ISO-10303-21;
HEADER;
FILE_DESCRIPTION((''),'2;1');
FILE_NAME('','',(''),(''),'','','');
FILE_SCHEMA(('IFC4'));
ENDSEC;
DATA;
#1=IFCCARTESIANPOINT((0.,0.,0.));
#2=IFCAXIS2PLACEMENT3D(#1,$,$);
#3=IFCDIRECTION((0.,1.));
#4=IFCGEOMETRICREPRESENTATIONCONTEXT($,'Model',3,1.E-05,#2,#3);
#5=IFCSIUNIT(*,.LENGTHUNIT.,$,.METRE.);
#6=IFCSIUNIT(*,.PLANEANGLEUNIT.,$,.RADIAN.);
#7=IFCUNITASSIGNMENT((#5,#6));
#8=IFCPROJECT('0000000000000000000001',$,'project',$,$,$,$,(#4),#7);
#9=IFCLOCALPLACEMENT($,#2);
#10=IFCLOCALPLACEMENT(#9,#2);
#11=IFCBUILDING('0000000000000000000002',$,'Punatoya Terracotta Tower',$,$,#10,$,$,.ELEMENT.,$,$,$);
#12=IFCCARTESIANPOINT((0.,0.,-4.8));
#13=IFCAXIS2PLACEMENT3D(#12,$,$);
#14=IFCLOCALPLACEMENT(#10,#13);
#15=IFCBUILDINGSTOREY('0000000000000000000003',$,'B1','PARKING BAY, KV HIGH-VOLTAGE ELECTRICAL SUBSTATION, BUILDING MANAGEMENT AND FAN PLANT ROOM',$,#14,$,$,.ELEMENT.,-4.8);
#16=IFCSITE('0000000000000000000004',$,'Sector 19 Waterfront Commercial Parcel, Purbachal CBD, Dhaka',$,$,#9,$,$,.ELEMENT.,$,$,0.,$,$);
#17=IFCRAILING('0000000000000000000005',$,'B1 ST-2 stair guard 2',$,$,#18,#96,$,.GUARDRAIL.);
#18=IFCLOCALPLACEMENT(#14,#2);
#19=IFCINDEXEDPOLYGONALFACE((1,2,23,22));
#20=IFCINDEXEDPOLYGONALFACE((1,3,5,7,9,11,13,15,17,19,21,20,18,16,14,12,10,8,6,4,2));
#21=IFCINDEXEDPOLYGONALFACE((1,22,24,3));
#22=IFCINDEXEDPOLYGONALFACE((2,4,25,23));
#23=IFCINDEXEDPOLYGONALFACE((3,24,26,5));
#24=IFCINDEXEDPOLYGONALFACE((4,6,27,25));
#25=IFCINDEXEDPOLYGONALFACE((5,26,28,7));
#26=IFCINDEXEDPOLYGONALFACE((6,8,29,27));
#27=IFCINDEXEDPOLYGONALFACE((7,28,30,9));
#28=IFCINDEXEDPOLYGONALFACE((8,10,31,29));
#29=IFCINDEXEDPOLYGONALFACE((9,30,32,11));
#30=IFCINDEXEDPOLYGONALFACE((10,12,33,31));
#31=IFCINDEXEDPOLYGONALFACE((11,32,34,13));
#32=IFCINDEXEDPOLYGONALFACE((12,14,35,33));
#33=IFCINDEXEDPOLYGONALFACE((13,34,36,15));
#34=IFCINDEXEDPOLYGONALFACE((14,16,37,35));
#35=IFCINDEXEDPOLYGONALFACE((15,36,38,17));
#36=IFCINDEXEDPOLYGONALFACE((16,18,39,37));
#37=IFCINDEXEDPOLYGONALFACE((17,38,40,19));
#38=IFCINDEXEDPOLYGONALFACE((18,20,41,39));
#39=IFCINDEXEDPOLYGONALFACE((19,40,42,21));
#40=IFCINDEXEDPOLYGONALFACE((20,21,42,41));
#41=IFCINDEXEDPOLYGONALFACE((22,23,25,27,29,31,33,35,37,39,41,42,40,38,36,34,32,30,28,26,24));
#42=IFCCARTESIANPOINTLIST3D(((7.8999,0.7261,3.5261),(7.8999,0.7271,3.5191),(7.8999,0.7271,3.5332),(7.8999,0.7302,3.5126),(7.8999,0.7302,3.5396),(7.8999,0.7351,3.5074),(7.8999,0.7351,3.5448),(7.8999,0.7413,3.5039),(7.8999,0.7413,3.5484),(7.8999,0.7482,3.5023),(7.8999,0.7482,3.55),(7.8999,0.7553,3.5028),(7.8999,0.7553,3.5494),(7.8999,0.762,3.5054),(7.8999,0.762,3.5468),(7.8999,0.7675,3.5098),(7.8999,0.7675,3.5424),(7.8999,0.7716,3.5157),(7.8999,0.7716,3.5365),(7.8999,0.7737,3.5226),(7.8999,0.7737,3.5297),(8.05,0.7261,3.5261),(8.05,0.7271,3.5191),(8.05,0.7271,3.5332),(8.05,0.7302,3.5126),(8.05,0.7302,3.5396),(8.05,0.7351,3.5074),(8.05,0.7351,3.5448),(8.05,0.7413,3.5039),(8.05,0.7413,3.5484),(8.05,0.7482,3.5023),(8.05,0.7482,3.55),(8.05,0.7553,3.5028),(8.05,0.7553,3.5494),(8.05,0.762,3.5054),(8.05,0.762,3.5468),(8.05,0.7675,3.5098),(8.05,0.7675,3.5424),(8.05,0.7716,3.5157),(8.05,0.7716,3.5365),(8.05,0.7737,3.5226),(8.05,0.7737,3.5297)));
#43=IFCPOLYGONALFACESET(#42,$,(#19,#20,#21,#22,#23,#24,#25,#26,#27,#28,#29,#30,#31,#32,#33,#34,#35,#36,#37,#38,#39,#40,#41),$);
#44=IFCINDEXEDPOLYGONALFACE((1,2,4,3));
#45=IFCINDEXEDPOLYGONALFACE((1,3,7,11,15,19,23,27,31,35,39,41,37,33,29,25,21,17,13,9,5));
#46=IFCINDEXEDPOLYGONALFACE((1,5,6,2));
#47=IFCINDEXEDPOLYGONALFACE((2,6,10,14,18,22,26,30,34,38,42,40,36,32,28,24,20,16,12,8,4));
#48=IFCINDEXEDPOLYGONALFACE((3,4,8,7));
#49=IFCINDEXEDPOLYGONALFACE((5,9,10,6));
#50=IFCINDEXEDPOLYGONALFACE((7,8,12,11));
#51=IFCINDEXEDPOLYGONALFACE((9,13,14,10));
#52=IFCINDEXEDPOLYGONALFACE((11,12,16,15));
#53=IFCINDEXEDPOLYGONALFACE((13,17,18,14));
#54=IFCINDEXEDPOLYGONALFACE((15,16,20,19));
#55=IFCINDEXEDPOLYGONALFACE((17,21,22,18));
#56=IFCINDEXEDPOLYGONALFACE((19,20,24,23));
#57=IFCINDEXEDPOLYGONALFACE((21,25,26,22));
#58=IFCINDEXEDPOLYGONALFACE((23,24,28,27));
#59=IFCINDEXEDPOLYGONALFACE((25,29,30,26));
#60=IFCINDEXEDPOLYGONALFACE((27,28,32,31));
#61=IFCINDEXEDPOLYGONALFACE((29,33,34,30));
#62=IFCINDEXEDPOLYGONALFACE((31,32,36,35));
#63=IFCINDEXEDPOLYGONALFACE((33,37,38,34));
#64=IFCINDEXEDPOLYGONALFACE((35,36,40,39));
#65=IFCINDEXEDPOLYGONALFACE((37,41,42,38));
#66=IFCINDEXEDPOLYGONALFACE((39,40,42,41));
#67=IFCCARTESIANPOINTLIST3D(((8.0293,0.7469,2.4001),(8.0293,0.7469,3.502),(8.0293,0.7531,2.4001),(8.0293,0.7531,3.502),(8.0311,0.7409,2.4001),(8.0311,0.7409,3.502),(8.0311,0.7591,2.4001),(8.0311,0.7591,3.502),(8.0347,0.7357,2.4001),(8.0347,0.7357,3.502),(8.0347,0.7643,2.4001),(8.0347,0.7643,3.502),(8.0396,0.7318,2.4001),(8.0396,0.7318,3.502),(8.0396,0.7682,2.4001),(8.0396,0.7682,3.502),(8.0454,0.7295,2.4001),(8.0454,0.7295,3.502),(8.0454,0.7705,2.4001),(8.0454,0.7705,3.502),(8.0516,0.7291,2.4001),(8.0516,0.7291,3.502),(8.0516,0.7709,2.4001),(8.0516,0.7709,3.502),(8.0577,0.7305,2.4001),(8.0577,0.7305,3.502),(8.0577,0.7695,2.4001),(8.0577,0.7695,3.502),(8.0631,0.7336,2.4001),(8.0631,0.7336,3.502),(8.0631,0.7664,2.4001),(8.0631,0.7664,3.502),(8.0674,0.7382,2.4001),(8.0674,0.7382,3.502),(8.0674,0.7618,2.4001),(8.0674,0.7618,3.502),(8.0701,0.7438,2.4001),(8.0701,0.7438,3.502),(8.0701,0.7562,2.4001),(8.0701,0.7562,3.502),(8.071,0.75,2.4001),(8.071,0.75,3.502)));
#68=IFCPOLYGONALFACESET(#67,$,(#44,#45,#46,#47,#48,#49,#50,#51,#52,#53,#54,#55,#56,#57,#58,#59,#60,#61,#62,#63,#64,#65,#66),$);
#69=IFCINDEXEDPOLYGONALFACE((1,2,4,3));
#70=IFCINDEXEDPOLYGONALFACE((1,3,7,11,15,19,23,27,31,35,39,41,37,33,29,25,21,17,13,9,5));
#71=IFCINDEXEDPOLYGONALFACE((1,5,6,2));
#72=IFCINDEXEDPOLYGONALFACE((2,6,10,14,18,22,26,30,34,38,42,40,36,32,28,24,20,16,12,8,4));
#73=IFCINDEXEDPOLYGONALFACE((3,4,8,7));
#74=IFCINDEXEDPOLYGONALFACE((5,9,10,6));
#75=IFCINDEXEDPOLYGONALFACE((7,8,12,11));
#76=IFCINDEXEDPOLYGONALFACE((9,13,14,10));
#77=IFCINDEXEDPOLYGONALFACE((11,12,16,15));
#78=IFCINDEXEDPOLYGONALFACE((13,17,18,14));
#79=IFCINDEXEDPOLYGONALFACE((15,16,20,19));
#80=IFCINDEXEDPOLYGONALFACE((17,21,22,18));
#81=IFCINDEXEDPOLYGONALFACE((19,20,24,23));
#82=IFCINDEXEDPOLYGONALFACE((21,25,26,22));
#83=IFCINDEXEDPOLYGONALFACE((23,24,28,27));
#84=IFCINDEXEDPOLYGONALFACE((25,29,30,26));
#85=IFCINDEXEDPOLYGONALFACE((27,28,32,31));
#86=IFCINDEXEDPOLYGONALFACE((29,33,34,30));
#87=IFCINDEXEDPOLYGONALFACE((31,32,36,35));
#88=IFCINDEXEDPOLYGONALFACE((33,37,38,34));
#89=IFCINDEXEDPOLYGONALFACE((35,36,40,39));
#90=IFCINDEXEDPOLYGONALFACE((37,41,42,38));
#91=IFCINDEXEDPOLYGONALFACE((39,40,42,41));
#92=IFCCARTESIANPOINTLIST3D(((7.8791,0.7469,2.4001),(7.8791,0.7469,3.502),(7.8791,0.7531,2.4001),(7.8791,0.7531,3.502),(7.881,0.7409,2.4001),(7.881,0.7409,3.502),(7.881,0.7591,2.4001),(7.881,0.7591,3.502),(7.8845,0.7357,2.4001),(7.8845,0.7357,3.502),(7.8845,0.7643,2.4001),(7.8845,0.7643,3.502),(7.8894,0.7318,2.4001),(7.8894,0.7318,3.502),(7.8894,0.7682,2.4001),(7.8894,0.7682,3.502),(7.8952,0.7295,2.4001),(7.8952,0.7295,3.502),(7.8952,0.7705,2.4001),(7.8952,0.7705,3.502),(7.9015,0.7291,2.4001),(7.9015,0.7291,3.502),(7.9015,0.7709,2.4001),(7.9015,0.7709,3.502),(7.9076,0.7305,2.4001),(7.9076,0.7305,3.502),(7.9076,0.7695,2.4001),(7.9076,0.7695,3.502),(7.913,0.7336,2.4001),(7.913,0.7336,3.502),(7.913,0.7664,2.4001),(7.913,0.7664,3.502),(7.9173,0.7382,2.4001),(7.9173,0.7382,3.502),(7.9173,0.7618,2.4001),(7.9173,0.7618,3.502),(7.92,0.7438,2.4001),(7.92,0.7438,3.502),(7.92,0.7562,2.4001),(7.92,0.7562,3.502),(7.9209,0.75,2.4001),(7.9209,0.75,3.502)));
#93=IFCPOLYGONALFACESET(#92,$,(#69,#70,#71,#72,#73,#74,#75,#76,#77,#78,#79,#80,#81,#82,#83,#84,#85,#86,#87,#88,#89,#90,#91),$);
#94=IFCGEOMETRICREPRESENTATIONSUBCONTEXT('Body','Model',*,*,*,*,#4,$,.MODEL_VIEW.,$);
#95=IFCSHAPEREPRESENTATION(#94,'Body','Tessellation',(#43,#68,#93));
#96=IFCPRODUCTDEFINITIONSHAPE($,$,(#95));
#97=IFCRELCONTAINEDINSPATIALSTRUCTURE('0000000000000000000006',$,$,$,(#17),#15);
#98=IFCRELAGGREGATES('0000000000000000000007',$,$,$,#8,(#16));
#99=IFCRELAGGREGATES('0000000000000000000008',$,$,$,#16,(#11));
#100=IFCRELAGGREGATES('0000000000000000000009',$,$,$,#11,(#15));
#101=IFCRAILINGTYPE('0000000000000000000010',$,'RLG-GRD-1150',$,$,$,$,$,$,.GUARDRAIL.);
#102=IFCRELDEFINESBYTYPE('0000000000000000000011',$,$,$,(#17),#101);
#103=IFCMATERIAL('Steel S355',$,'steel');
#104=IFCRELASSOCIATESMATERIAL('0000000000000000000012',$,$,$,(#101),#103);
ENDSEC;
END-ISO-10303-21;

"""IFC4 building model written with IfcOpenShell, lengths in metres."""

from ifc_helpers import new_model, si_unit, direction, frame, origin, origin_2d, place, context, subcontext, project, spatial, circle, extrude, material, type_object, element, save


model = new_model("IFC4")

# Units and contexts
model_context = context("Model", 3, precision=1e-05, world=origin(), true_north=direction((0.0, 1.0)))
body_context = subcontext(model_context, "Body", "Model", "MODEL_VIEW")
ifc_project = project(units=[si_unit("LENGTHUNIT", "METRE"), si_unit("PLANEANGLEUNIT", "RADIAN")], contexts=[model_context])

# Site, building, storey
site_placement = place(None, origin())
site = spatial("IfcSite", under=ifc_project, at=site_placement, Name="Sector 19 Waterfront Commercial Parcel, Purbachal CBD, Dhaka", CompositionType="ELEMENT", RefElevation=0.0)
building_placement = place(site_placement, origin())
building = spatial("IfcBuilding", under=site, at=building_placement, Name="Punatoya Terracotta Tower", CompositionType="ELEMENT")
storey_placement = place(building_placement, frame((0.0, 0.0, -4.8)))
storey = spatial("IfcBuildingStorey", under=building, at=storey_placement, Name="B1", Description="PARKING BAY, KV HIGH-VOLTAGE ELECTRICAL SUBSTATION, BUILDING MANAGEMENT AND FAN PLANT ROOM", CompositionType="ELEMENT", Elevation=-4.8)

# Shared definitions
ifc_material_1 = material(Name="Steel S355", Category="steel")

# Railing
railing_type_1 = type_object("IfcRailingType", Name="RLG-GRD-1150", PredefinedType="GUARDRAIL", material=ifc_material_1)
railing_1_placement = place(storey_placement, frame((8.05, 0.75, 2.4001)))
element("IfcRailing", 1, at=railing_1_placement, inside=storey, type_object=railing_type_1, Name="B1 ST-2 stair guard 2", PredefinedType="GUARDRAIL", context=body_context, shape_type="SweptSolid", body=[
    extrude(circle(Radius=0.0239, at=origin_2d()), frame((0.0, 0.0, 1.126), z_axis=(-1.0, 0.0, 0.0), x_axis=(0.0, -1.0, 0.0)), (0.0, 0.0, 1.0), 0.1501),
    extrude(circle(Radius=0.021, at=origin_2d()), origin(), (0.0, 0.0, 1.0), 1.1018),
    extrude(circle(Radius=0.021, at=origin_2d()), frame((-0.1501, 0.0, 0.0)), (0.0, 0.0, 1.0), 1.1018),
])

save(model, "model.ifc")
